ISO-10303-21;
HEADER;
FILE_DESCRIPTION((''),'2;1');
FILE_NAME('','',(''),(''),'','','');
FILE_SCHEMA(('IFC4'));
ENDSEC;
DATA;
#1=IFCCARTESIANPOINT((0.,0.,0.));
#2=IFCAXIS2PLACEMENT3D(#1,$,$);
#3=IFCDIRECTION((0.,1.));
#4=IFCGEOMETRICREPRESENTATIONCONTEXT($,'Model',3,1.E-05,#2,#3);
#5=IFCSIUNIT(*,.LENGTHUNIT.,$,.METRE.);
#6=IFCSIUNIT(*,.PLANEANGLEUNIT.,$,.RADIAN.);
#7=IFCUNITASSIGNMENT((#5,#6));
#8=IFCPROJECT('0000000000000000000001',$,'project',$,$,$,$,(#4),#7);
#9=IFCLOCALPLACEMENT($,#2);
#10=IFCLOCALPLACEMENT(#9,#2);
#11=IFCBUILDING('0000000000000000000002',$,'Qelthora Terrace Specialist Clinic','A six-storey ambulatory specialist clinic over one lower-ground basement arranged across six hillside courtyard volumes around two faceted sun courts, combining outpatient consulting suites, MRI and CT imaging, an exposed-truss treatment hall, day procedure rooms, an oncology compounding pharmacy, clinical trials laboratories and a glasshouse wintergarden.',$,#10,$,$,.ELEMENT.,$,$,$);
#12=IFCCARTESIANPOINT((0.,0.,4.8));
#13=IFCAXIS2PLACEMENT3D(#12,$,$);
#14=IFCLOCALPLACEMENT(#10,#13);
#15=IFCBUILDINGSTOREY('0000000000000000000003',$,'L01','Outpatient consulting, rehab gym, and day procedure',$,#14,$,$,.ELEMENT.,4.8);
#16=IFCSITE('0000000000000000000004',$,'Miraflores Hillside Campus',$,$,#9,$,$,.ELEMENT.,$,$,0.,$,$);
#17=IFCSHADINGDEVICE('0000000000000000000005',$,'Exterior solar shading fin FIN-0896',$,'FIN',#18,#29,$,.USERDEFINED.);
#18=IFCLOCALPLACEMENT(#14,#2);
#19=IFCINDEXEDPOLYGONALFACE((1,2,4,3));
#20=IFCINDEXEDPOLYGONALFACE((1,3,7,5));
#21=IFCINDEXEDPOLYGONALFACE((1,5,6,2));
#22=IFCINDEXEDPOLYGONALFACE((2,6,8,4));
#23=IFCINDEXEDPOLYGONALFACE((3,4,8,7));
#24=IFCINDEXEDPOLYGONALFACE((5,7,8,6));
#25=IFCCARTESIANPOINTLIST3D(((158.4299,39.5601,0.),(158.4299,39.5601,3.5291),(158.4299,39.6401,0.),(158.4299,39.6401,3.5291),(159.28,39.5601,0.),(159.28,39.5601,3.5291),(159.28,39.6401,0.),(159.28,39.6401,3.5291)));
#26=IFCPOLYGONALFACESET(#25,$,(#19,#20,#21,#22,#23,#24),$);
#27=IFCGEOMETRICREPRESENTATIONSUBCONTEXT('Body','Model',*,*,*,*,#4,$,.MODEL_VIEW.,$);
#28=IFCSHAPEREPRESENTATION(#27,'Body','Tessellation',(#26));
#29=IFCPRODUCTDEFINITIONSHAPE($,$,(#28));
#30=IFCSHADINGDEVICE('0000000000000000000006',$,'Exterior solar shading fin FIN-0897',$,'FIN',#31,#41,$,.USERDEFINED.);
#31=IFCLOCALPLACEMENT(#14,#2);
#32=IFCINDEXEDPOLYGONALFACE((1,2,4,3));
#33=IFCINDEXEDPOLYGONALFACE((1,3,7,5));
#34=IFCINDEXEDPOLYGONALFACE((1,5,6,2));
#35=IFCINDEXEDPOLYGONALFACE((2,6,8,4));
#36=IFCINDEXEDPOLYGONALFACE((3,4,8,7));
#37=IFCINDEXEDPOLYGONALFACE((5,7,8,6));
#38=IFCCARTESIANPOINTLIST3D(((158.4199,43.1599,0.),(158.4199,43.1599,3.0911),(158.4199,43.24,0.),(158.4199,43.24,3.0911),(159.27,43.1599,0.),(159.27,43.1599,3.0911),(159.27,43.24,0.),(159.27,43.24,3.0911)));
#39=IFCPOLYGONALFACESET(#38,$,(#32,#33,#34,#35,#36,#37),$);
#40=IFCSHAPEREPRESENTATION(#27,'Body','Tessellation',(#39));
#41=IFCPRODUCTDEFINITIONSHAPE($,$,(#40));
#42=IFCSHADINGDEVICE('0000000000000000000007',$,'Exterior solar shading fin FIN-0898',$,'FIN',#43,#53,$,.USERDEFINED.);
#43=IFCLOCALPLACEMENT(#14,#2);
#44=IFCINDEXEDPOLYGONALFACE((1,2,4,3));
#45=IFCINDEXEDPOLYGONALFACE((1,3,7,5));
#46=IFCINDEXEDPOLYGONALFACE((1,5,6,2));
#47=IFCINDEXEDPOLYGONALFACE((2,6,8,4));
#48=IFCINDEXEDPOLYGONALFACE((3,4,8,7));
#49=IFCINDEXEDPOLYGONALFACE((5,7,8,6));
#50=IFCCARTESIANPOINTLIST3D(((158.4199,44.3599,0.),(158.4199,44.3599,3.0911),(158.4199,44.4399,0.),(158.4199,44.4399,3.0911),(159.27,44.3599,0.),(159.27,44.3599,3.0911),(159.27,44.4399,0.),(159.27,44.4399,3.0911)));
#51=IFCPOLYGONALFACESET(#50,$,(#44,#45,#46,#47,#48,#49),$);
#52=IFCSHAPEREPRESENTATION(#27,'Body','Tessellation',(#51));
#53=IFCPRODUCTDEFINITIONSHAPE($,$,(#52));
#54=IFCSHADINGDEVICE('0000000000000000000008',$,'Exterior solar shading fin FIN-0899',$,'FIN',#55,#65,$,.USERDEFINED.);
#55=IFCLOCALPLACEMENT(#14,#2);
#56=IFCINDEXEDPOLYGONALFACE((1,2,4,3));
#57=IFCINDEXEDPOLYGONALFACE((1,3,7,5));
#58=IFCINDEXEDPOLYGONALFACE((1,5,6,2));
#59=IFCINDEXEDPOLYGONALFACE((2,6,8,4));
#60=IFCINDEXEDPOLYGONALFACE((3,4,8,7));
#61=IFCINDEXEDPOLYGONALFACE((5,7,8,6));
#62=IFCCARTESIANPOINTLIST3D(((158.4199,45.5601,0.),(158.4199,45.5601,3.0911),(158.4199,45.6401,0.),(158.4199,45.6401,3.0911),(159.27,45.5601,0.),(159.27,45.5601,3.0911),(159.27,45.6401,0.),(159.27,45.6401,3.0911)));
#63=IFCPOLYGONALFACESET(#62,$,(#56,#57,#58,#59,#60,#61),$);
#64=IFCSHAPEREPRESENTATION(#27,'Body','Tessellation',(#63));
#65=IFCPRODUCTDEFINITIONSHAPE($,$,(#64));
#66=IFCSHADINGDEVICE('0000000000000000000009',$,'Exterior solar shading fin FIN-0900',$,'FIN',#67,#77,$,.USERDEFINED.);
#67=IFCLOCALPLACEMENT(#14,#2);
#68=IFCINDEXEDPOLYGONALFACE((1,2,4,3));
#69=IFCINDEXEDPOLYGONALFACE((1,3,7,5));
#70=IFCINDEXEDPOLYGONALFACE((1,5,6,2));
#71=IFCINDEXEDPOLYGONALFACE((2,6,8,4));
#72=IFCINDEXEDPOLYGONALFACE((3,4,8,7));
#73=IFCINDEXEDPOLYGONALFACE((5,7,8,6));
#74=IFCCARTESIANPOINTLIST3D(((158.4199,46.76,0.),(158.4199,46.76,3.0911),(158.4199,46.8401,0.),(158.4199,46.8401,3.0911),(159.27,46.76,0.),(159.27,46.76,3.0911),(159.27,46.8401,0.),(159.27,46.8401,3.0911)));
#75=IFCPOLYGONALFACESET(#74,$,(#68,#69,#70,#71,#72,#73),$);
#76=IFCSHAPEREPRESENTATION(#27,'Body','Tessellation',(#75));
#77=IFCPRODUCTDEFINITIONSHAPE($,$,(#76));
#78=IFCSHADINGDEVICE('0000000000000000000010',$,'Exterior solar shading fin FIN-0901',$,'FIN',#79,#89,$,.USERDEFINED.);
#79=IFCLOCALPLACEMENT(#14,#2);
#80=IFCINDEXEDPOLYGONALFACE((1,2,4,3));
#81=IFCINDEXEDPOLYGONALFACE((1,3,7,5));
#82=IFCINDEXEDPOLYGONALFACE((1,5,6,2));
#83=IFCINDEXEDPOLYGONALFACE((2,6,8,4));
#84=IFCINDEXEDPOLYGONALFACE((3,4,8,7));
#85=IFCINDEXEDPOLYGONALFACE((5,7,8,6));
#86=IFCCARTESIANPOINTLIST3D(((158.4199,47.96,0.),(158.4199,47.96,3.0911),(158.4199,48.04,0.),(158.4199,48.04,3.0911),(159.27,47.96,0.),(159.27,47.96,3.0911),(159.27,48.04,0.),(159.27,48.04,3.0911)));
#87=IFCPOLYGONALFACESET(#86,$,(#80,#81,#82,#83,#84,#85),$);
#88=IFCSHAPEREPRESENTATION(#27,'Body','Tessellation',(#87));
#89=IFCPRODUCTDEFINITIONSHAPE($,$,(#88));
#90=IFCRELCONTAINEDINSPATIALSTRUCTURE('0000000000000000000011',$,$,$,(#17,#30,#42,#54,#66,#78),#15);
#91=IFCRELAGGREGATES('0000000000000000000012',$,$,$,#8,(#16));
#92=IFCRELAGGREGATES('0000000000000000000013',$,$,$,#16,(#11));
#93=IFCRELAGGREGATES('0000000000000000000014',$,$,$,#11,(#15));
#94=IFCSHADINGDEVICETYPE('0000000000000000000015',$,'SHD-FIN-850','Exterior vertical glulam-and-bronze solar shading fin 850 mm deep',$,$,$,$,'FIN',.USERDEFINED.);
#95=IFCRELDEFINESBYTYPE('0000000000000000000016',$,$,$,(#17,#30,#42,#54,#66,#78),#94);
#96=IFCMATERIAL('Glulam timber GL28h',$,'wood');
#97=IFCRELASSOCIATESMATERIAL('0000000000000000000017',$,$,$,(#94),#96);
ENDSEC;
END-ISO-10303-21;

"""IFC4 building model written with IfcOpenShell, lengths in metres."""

from ifc_helpers import new_model, si_unit, direction, frame, origin, origin_2d, place, context, subcontext, project, spatial, rectangle, extrude, material, type_object, element, save


model = new_model("IFC4")

# Units and contexts
model_context = context("Model", 3, precision=1e-05, world=origin(), true_north=direction((0.0, 1.0)))
body_context = subcontext(model_context, "Body", "Model", "MODEL_VIEW")
ifc_project = project(units=[si_unit("LENGTHUNIT", "METRE"), si_unit("PLANEANGLEUNIT", "RADIAN")], contexts=[model_context])

# Site, building, storey
site_placement = place(None, origin())
site = spatial("IfcSite", under=ifc_project, at=site_placement, Name="Miraflores Hillside Campus", CompositionType="ELEMENT", RefElevation=0.0)
building_placement = place(site_placement, origin())
building = spatial("IfcBuilding", under=site, at=building_placement, Name="Qelthora Terrace Specialist Clinic", Description="A six-storey ambulatory specialist clinic over one lower-ground basement arranged across six hillside courtyard volumes around two faceted sun courts, combining outpatient consulting suites, MRI and CT imaging, an exposed-truss treatment hall, day procedure rooms, an oncology compounding pharmacy, clinical trials laboratories and a glasshouse wintergarden.", CompositionType="ELEMENT")
storey_placement = place(building_placement, frame((0.0, 0.0, 4.8)))
storey = spatial("IfcBuildingStorey", under=building, at=storey_placement, Name="L01", Description="Outpatient consulting, rehab gym, and day procedure", CompositionType="ELEMENT", Elevation=4.8)

# Shading devices
ifc_material_1 = material(Name="Glulam timber GL28h", Category="wood")
shading_device_type = type_object("IfcShadingDeviceType", Name="SHD-FIN-850", Description="Exterior vertical glulam-and-bronze solar shading fin 850 mm deep", ElementType="FIN", PredefinedType="USERDEFINED", material=ifc_material_1)
for number, where, z_axis, x_axis, name in (
    (1, (158.855, 39.6001, 0.0), (0.0, 0.0, 1.0), (1.0, 0.0, 0.0), "Exterior solar shading fin FIN-0896"),
):
    element("IfcShadingDevice", number, at=place(storey_placement, frame(where, z_axis=z_axis, x_axis=x_axis)), inside=storey, type_object=shading_device_type, Name=name, ObjectType="FIN", PredefinedType="USERDEFINED", context=body_context, shape_type="SweptSolid", body=[
        extrude(rectangle(XDim=0.8501, YDim=0.0801, at=origin_2d()), origin(), (0.0, 0.0, 1.0), 3.5291),
    ])
for number, where, z_axis, x_axis, name in (
    (2, (158.845, 43.2, 0.0), (0.0, 0.0, 1.0), (1.0, 0.0, 0.0), "Exterior solar shading fin FIN-0897"),
    (3, (158.845, 44.3999, 0.0), (0.0, 0.0, 1.0), (1.0, 0.0, 0.0), "Exterior solar shading fin FIN-0898"),
    (4, (158.845, 45.6001, 0.0), (0.0, 0.0, 1.0), (1.0, 0.0, 0.0), "Exterior solar shading fin FIN-0899"),
    (5, (158.845, 46.8, 0.0), (0.0, 0.0, 1.0), (1.0, 0.0, 0.0), "Exterior solar shading fin FIN-0900"),
    (6, (158.845, 48.0, 0.0), (0.0, 0.0, 1.0), (1.0, 0.0, 0.0), "Exterior solar shading fin FIN-0901"),
):
    element("IfcShadingDevice", number, at=place(storey_placement, frame(where, z_axis=z_axis, x_axis=x_axis)), inside=storey, type_object=shading_device_type, Name=name, ObjectType="FIN", PredefinedType="USERDEFINED", context=body_context, shape_type="SweptSolid", body=[
        extrude(rectangle(XDim=0.8501, YDim=0.0801, at=origin_2d()), origin(), (0.0, 0.0, 1.0), 3.0911),
    ])

save(model, "model.ifc")
